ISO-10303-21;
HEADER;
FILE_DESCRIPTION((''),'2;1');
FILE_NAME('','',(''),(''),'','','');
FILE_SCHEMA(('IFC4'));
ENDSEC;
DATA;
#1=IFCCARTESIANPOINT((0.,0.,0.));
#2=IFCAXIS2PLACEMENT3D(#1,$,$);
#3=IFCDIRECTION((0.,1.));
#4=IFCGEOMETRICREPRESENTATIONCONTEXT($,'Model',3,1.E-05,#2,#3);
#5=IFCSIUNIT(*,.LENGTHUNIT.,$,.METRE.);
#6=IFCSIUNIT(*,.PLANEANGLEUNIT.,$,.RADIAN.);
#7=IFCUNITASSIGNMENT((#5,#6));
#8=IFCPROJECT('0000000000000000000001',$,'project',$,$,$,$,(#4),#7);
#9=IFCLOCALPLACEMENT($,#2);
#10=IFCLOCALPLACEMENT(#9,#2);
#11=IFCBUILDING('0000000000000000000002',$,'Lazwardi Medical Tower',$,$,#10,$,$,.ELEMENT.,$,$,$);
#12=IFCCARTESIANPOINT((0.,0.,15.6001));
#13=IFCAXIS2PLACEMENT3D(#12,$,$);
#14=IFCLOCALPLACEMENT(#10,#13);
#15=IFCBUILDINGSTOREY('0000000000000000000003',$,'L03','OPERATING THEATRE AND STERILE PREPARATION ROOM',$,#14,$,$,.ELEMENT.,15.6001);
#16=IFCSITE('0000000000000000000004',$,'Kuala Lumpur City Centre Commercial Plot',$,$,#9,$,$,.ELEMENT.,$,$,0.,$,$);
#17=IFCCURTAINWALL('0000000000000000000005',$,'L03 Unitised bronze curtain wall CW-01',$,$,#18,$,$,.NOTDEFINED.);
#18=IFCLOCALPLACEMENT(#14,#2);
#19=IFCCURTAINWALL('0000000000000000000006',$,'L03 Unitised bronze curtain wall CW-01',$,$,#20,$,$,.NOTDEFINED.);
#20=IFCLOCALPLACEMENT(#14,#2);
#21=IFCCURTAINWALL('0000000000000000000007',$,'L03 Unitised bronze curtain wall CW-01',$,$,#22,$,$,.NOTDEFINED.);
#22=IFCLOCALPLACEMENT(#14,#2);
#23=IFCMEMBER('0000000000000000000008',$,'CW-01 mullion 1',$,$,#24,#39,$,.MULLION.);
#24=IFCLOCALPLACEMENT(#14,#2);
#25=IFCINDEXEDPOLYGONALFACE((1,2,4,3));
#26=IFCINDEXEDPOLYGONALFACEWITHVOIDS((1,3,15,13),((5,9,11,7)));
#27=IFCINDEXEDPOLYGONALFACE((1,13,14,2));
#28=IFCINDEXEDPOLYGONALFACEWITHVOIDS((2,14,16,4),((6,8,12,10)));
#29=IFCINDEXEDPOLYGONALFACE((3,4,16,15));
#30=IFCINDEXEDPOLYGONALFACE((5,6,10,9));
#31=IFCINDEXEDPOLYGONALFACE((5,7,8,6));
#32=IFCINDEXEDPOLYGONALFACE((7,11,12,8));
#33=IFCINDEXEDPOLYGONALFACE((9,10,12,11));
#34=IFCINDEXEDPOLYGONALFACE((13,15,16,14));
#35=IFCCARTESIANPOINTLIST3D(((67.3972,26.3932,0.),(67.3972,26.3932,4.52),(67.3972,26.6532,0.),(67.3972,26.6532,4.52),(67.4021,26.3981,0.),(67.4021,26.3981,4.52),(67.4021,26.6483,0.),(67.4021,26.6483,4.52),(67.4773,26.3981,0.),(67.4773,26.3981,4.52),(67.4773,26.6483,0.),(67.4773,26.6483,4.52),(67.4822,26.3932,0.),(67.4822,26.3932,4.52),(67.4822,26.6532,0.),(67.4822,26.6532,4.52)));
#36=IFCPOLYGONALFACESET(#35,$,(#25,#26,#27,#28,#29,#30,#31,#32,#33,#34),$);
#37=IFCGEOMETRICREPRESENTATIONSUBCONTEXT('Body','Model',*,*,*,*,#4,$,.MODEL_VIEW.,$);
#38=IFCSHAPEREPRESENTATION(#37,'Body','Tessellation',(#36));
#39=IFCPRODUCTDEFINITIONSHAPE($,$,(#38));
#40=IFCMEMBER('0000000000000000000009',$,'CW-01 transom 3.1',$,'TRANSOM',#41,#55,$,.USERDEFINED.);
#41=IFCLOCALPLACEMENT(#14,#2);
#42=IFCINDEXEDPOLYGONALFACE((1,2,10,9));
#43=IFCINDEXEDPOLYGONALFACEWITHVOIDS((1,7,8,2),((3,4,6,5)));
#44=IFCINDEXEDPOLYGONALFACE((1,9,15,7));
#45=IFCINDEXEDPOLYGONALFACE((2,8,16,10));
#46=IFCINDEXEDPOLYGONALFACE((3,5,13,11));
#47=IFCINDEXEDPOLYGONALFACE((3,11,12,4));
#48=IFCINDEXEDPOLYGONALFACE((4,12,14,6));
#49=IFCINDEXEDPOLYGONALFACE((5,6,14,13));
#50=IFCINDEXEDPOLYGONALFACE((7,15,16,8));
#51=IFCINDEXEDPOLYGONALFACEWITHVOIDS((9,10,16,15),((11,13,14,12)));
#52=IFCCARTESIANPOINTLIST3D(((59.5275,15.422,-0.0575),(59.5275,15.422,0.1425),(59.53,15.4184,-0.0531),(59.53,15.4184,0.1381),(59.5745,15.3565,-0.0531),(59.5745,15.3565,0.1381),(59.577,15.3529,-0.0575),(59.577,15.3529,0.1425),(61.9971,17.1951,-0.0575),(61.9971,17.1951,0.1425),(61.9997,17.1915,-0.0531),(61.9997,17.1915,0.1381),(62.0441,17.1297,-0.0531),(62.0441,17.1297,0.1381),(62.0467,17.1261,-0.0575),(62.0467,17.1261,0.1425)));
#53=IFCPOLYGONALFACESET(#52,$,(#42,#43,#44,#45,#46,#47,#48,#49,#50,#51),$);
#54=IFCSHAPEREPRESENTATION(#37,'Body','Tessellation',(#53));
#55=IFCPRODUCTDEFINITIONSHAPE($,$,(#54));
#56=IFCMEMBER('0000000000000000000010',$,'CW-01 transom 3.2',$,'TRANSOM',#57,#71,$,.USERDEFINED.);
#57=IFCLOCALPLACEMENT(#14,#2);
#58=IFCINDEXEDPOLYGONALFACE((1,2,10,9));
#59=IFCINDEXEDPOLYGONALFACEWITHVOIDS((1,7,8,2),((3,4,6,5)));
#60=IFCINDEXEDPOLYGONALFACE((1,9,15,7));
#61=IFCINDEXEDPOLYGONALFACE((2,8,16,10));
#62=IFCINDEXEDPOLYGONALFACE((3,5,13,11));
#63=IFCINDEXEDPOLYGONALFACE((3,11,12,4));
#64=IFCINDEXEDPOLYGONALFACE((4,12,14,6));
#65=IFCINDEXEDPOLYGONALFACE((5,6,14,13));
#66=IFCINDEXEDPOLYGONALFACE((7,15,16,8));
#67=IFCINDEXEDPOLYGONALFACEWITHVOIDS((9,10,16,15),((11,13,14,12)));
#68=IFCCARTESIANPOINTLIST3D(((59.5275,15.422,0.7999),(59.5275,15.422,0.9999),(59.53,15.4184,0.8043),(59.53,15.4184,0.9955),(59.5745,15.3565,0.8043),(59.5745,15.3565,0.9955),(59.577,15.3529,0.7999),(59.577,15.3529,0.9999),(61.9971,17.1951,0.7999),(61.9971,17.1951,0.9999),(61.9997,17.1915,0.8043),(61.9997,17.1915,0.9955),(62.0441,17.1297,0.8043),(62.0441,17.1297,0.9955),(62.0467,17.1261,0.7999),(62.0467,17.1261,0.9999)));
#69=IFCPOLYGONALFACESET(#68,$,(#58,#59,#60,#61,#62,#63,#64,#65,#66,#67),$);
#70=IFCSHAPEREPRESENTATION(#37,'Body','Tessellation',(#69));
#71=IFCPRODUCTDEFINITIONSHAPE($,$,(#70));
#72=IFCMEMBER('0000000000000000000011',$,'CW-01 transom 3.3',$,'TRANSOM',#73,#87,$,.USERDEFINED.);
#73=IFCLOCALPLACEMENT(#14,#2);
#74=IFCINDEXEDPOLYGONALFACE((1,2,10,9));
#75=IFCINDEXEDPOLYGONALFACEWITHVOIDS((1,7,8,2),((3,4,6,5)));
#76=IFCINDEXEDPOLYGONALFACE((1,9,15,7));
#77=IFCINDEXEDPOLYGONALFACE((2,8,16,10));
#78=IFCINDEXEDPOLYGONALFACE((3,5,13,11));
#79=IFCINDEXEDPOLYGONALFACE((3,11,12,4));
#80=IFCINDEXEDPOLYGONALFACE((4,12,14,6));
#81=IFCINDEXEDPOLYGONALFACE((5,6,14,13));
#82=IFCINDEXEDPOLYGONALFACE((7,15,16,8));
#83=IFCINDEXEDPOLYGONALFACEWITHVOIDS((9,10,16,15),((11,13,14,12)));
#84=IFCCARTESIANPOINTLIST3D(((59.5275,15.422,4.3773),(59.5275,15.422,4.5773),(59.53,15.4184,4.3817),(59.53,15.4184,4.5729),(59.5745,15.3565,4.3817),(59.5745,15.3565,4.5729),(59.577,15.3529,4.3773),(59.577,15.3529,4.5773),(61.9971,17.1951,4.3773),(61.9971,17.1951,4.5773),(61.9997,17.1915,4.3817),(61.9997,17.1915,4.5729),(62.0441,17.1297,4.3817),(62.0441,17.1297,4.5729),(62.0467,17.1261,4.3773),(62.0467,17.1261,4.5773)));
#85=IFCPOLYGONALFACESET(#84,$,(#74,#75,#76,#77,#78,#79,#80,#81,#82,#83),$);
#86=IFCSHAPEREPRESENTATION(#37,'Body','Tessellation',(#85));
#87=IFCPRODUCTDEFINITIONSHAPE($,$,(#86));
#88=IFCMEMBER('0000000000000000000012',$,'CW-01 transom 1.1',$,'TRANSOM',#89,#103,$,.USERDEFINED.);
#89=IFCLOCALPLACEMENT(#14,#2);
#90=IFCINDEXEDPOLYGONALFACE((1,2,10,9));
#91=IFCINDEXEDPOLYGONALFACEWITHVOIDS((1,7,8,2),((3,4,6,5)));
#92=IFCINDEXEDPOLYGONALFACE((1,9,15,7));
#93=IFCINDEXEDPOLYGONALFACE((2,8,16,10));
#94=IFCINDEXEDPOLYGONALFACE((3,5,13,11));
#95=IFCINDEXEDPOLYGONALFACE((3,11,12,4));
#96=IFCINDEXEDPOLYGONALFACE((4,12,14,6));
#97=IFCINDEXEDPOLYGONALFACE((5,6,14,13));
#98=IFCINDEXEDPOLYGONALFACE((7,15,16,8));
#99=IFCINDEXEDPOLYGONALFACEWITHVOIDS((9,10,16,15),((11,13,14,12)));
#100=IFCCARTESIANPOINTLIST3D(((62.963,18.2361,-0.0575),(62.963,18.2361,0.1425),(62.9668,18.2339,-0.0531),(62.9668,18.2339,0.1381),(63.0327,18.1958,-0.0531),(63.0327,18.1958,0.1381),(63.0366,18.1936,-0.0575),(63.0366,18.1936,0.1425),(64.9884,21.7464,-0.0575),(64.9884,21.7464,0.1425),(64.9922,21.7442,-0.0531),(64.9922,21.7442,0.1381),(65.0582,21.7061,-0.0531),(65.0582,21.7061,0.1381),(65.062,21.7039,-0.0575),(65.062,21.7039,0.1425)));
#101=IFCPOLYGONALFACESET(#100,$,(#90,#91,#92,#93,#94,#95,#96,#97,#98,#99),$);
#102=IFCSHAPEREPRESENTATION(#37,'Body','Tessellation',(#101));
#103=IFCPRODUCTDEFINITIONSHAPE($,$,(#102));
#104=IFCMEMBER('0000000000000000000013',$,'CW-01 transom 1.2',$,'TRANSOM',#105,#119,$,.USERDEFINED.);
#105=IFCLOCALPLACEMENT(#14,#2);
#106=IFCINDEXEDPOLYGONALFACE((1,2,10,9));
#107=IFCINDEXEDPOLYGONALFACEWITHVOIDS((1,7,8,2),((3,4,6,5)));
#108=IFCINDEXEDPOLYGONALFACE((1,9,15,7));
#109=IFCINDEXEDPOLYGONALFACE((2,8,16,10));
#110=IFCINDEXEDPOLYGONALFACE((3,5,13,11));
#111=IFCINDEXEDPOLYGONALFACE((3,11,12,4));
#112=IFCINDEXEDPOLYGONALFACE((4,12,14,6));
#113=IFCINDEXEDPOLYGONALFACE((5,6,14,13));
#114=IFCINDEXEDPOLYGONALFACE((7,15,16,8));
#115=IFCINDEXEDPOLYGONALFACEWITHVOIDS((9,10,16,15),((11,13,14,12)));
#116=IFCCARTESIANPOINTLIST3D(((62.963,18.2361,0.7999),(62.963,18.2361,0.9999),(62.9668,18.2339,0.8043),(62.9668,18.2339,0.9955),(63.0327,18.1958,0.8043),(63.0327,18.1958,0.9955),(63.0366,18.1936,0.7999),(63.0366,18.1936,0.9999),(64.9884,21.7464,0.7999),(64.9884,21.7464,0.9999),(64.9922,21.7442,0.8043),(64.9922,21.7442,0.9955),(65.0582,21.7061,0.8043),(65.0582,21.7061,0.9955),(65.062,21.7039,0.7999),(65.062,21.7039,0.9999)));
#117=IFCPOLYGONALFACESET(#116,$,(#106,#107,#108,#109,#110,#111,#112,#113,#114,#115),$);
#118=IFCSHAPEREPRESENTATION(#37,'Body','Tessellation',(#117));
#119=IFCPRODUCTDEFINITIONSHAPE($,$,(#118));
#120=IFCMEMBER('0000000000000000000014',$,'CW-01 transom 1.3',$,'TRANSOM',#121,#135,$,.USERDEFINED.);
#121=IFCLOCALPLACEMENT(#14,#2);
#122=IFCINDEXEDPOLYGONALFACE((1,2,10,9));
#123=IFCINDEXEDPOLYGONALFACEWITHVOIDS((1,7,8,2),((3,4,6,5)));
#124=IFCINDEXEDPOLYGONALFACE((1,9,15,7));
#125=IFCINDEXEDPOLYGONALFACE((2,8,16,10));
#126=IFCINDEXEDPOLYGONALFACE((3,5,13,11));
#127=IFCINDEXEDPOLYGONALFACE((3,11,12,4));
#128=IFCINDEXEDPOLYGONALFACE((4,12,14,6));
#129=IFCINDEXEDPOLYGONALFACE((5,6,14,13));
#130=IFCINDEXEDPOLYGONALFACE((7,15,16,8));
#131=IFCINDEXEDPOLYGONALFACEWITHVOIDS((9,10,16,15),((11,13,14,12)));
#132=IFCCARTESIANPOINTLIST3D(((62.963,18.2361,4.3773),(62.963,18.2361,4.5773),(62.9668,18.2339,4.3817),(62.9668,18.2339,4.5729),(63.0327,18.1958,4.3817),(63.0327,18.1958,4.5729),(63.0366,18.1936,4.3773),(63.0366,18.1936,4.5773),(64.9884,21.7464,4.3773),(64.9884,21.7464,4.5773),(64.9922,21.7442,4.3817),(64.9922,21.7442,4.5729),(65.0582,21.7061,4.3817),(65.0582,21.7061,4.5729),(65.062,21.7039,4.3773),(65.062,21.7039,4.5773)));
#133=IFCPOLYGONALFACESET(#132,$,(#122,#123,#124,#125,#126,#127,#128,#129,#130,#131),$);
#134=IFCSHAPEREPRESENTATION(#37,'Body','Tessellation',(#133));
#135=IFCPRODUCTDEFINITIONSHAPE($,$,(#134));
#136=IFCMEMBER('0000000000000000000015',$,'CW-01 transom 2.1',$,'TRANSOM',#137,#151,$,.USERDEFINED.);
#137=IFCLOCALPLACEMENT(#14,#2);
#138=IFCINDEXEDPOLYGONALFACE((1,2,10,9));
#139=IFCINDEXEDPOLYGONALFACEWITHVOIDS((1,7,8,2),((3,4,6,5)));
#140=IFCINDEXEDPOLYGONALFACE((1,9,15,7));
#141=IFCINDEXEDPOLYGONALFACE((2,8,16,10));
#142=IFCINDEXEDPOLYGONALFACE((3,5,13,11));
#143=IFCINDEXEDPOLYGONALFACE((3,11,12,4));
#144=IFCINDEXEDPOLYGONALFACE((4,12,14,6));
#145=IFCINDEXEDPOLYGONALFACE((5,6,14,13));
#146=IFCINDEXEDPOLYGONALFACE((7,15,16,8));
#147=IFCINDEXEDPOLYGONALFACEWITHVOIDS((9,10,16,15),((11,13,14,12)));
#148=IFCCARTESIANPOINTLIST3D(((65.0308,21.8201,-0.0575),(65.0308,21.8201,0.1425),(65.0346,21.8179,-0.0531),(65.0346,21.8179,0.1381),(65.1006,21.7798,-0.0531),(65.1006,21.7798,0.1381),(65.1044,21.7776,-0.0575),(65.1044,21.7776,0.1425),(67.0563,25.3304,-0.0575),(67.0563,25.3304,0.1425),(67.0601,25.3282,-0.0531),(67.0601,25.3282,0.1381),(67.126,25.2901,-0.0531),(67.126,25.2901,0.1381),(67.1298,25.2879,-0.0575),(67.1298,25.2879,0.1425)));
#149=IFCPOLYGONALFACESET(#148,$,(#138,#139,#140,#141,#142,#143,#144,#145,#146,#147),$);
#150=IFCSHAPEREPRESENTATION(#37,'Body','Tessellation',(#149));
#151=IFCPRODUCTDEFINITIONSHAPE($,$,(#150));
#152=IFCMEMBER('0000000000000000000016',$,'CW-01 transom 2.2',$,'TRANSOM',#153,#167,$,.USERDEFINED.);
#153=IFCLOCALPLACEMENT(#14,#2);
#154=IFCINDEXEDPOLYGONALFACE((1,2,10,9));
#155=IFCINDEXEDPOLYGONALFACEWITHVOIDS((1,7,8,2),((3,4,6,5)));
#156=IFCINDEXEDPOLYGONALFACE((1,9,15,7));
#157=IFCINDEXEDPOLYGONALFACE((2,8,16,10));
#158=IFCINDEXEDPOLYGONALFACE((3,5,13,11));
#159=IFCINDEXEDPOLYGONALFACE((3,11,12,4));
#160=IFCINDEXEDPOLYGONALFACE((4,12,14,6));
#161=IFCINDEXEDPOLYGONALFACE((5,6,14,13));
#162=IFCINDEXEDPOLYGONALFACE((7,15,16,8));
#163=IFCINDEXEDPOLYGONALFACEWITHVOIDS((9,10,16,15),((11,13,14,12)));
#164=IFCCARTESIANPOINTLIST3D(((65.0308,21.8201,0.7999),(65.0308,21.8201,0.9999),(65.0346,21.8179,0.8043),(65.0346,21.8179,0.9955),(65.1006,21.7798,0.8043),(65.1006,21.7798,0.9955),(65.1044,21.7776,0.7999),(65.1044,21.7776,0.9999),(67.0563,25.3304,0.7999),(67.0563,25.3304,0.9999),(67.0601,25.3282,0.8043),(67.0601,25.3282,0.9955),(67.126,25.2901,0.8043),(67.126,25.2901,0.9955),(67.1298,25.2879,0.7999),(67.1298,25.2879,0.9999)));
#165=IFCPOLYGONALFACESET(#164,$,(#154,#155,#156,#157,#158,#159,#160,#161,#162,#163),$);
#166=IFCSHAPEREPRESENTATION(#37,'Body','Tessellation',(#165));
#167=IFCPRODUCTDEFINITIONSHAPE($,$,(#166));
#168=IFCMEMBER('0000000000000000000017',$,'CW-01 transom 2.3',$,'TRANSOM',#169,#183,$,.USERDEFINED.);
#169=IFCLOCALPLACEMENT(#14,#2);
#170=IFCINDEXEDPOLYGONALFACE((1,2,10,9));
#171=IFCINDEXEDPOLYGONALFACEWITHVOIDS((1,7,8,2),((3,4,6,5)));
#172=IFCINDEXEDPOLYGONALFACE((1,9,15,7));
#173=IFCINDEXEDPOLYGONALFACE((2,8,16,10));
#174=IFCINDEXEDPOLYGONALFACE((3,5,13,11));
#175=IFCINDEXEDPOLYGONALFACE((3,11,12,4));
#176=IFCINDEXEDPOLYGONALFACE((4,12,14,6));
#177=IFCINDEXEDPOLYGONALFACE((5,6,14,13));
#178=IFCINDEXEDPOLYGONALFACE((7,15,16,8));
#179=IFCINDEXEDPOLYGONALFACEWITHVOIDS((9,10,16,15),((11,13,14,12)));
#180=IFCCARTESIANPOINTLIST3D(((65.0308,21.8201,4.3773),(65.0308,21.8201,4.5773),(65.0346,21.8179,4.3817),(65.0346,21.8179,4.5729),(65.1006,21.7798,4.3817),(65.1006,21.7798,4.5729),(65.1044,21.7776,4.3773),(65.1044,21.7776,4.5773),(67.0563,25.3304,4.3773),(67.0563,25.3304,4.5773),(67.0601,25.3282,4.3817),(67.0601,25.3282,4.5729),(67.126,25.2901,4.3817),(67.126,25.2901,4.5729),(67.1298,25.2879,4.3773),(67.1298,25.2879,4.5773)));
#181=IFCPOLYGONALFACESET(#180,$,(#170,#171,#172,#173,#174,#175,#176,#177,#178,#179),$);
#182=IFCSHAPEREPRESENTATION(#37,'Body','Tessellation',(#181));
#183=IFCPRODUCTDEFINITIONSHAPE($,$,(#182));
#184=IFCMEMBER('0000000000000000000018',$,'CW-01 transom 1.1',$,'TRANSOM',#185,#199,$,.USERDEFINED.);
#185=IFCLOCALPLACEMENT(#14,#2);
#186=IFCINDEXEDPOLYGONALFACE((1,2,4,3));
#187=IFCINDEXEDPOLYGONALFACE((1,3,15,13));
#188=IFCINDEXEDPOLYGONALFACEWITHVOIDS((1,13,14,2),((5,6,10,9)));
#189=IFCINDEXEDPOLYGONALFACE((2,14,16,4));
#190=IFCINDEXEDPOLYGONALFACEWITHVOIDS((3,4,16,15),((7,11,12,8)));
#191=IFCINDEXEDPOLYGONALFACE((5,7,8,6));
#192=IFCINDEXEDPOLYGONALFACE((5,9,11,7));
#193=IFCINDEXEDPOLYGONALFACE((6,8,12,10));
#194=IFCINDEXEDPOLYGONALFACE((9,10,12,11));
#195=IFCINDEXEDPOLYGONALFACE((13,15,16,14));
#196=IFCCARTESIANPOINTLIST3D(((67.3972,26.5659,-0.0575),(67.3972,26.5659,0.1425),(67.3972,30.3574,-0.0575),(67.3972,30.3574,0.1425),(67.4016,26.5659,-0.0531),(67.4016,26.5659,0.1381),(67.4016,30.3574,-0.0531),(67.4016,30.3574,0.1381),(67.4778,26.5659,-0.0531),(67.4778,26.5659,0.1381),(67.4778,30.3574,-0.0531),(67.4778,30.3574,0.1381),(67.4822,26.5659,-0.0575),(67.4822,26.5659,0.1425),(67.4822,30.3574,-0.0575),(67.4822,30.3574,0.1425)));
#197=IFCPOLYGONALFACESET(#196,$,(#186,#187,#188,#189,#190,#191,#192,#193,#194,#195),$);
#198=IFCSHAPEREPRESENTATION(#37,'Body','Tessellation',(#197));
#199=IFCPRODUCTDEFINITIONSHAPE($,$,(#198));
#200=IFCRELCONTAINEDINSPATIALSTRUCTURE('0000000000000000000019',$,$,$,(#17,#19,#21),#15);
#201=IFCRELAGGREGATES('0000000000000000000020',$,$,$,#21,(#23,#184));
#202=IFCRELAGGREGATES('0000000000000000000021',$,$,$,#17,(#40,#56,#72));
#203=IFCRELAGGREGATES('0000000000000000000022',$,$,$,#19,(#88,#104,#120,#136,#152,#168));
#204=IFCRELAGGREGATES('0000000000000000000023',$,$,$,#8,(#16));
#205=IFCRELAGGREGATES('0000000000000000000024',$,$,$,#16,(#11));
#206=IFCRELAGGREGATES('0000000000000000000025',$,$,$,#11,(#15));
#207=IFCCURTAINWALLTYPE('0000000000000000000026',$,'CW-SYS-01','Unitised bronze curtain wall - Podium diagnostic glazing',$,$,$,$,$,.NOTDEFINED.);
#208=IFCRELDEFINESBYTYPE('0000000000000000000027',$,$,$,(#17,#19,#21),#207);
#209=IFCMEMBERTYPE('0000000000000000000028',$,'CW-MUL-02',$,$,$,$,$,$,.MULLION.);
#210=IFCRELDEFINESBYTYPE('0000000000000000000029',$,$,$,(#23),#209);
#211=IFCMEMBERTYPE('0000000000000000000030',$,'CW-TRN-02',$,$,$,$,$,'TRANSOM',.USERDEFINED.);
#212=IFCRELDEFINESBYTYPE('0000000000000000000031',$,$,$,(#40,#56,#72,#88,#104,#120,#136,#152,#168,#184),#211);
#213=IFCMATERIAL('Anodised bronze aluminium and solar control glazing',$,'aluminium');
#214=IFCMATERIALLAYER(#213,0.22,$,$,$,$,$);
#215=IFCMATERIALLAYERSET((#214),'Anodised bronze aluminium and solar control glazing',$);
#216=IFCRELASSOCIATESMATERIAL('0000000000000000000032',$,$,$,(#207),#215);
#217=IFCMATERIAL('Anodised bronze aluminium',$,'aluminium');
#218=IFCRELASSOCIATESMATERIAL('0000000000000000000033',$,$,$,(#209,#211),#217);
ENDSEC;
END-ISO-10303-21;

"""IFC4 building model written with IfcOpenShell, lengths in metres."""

from ifc_helpers import new_model, si_unit, direction, frame, origin, origin_2d, place, context, subcontext, project, spatial, hollow_rectangle, extrude, material, layer, layer_set, material_profile, profile_set, type_object, element, aggregate, save


model = new_model("IFC4")

# Units and contexts
model_context = context("Model", 3, precision=1e-05, world=origin(), true_north=direction((0.0, 1.0)))
body_context = subcontext(model_context, "Body", "Model", "MODEL_VIEW")
ifc_project = project(units=[si_unit("LENGTHUNIT", "METRE"), si_unit("PLANEANGLEUNIT", "RADIAN")], contexts=[model_context])

# Site, building, storey
site_placement = place(None, origin())
site = spatial("IfcSite", under=ifc_project, at=site_placement, Name="Kuala Lumpur City Centre Commercial Plot", CompositionType="ELEMENT", RefElevation=0.0)
building_placement = place(site_placement, origin())
building = spatial("IfcBuilding", under=site, at=building_placement, Name="Lazwardi Medical Tower", CompositionType="ELEMENT")
storey_placement = place(building_placement, frame((0.0, 0.0, 15.6001)))
storey = spatial("IfcBuildingStorey", under=building, at=storey_placement, Name="L03", Description="OPERATING THEATRE AND STERILE PREPARATION ROOM", CompositionType="ELEMENT", Elevation=15.6001)

# Curtain wall
ifc_material_1 = material(Name="Anodised bronze aluminium and solar control glazing", Category="aluminium")
ifc_layer_1 = layer(ifc_material_1, 0.22)
ifc_layer_set_1 = layer_set([ifc_layer_1], Name="Anodised bronze aluminium and solar control glazing")
curtain_wall_type = type_object("IfcCurtainWallType", Name="CW-SYS-01", Description="Unitised bronze curtain wall - Podium diagnostic glazing", PredefinedType="NOTDEFINED", material=ifc_layer_set_1)
curtain_wall_1_placement = place(storey_placement, origin())
curtain_wall_1 = element("IfcCurtainWall", 1, at=curtain_wall_1_placement, inside=storey, type_object=curtain_wall_type, Name="L03 Unitised bronze curtain wall CW-01", PredefinedType="NOTDEFINED")
ifc_material_2 = material(Name="Anodised bronze aluminium", Category="aluminium")
ifc_material_profile_1 = material_profile(ifc_material_2, hollow_rectangle(XDim=0.085, YDim=0.26, WallThickness=0.0049, at=origin_2d()), Name="ALU-MULLION 260x85x5")
ifc_profile_set_1 = profile_set([ifc_material_profile_1], Name="Anodised bronze aluminium")
member_type_1 = type_object("IfcMemberType", Name="CW-MUL-02", PredefinedType="MULLION", material=ifc_profile_set_1)

# Curtain wall
curtain_wall_2_placement = place(storey_placement, origin())
curtain_wall_2 = element("IfcCurtainWall", 2, at=curtain_wall_2_placement, inside=storey, type_object=curtain_wall_type, Name="L03 Unitised bronze curtain wall CW-01", PredefinedType="NOTDEFINED")

# Curtain wall, member
curtain_wall_3_placement = place(storey_placement, origin())
curtain_wall_3 = element("IfcCurtainWall", 3, at=curtain_wall_3_placement, inside=storey, type_object=curtain_wall_type, Name="L03 Unitised bronze curtain wall CW-01", PredefinedType="NOTDEFINED")
member_1_placement = place(storey_placement, frame((67.4397, 26.5232, 0.0), z_axis=(0.0, 0.0, 1.0), x_axis=(-1.0, 0.0, 0.0)))
member_1 = element("IfcMember", 4, at=member_1_placement, type_object=member_type_1, Name="CW-01 mullion 1", PredefinedType="MULLION", context=body_context, shape_type="SweptSolid", body=[
    extrude(hollow_rectangle(XDim=0.085, YDim=0.26, WallThickness=0.0049, at=origin_2d()), origin(), (0.0, 0.0, 1.0), 4.52),
])

# Members
ifc_material_profile_2 = material_profile(ifc_material_2, hollow_rectangle(XDim=0.085, YDim=0.2, WallThickness=0.0044, at=origin_2d()), Name="ALU-TRANSOM 200x85x4.5")
ifc_profile_set_2 = profile_set([ifc_material_profile_2], Name="Anodised bronze aluminium")
member_type_2 = type_object("IfcMemberType", Name="CW-TRN-02", ElementType="TRANSOM", PredefinedType="USERDEFINED", material=ifc_profile_set_2)
member_2_placement = place(storey_placement, frame((59.5522, 15.3875, 0.0425), z_axis=(0.812315, 0.583219, 0.0), x_axis=(-0.583219, 0.812315, 0.0)))
member_2 = element("IfcMember", 5, at=member_2_placement, type_object=member_type_2, Name="CW-01 transom 3.1", ObjectType="TRANSOM", PredefinedType="USERDEFINED", context=body_context, shape_type="SweptSolid", body=[
    extrude(hollow_rectangle(XDim=0.085, YDim=0.2, WallThickness=0.0044, at=origin_2d()), origin(), (0.0, 0.0, 1.0), 3.0403),
])
member_3_placement = place(storey_placement, frame((59.5522, 15.3875, 0.8999), z_axis=(0.812315, 0.583219, 0.0), x_axis=(-0.583219, 0.812315, 0.0)))
member_3 = element("IfcMember", 6, at=member_3_placement, type_object=member_type_2, Name="CW-01 transom 3.2", ObjectType="TRANSOM", PredefinedType="USERDEFINED", context=body_context, shape_type="SweptSolid", body=[
    extrude(hollow_rectangle(XDim=0.085, YDim=0.2, WallThickness=0.0044, at=origin_2d()), origin(), (0.0, 0.0, 1.0), 3.0403),
])
member_4_placement = place(storey_placement, frame((59.5522, 15.3875, 4.4773), z_axis=(0.812315, 0.583219, 0.0), x_axis=(-0.583219, 0.812315, 0.0)))
member_4 = element("IfcMember", 7, at=member_4_placement, type_object=member_type_2, Name="CW-01 transom 3.3", ObjectType="TRANSOM", PredefinedType="USERDEFINED", context=body_context, shape_type="SweptSolid", body=[
    extrude(hollow_rectangle(XDim=0.085, YDim=0.2, WallThickness=0.0044, at=origin_2d()), origin(), (0.0, 0.0, 1.0), 3.0403),
])
member_5_placement = place(storey_placement, frame((62.9998, 18.2148, 0.0425), z_axis=(0.499768, 0.86616, 0.0), x_axis=(-0.86616, 0.499768, 0.0)))
member_5 = element("IfcMember", 8, at=member_5_placement, type_object=member_type_2, Name="CW-01 transom 1.1", ObjectType="TRANSOM", PredefinedType="USERDEFINED", context=body_context, shape_type="SweptSolid", body=[
    extrude(hollow_rectangle(XDim=0.085, YDim=0.2, WallThickness=0.0044, at=origin_2d()), origin(), (0.0, 0.0, 1.0), 4.0527),
])
member_6_placement = place(storey_placement, frame((62.9998, 18.2148, 0.8999), z_axis=(0.499768, 0.86616, 0.0), x_axis=(-0.86616, 0.499768, 0.0)))
member_6 = element("IfcMember", 9, at=member_6_placement, type_object=member_type_2, Name="CW-01 transom 1.2", ObjectType="TRANSOM", PredefinedType="USERDEFINED", context=body_context, shape_type="SweptSolid", body=[
    extrude(hollow_rectangle(XDim=0.085, YDim=0.2, WallThickness=0.0044, at=origin_2d()), origin(), (0.0, 0.0, 1.0), 4.0527),
])
member_7_placement = place(storey_placement, frame((62.9998, 18.2148, 4.4773), z_axis=(0.499768, 0.86616, 0.0), x_axis=(-0.86616, 0.499768, 0.0)))
member_7 = element("IfcMember", 10, at=member_7_placement, type_object=member_type_2, Name="CW-01 transom 1.3", ObjectType="TRANSOM", PredefinedType="USERDEFINED", context=body_context, shape_type="SweptSolid", body=[
    extrude(hollow_rectangle(XDim=0.085, YDim=0.2, WallThickness=0.0044, at=origin_2d()), origin(), (0.0, 0.0, 1.0), 4.0527),
])
member_8_placement = place(storey_placement, frame((65.0676, 21.7988, 0.0425), z_axis=(0.499768, 0.86616, 0.0), x_axis=(-0.86616, 0.499768, 0.0)))
member_8 = element("IfcMember", 11, at=member_8_placement, type_object=member_type_2, Name="CW-01 transom 2.1", ObjectType="TRANSOM", PredefinedType="USERDEFINED", context=body_context, shape_type="SweptSolid", body=[
    extrude(hollow_rectangle(XDim=0.085, YDim=0.2, WallThickness=0.0044, at=origin_2d()), origin(), (0.0, 0.0, 1.0), 4.0527),
])
member_9_placement = place(storey_placement, frame((65.0676, 21.7988, 0.8999), z_axis=(0.499768, 0.86616, 0.0), x_axis=(-0.86616, 0.499768, 0.0)))
member_9 = element("IfcMember", 12, at=member_9_placement, type_object=member_type_2, Name="CW-01 transom 2.2", ObjectType="TRANSOM", PredefinedType="USERDEFINED", context=body_context, shape_type="SweptSolid", body=[
    extrude(hollow_rectangle(XDim=0.085, YDim=0.2, WallThickness=0.0044, at=origin_2d()), origin(), (0.0, 0.0, 1.0), 4.0527),
])
member_10_placement = place(storey_placement, frame((65.0676, 21.7988, 4.4773), z_axis=(0.499768, 0.86616, 0.0), x_axis=(-0.86616, 0.499768, 0.0)))
member_10 = element("IfcMember", 13, at=member_10_placement, type_object=member_type_2, Name="CW-01 transom 2.3", ObjectType="TRANSOM", PredefinedType="USERDEFINED", context=body_context, shape_type="SweptSolid", body=[
    extrude(hollow_rectangle(XDim=0.085, YDim=0.2, WallThickness=0.0044, at=origin_2d()), origin(), (0.0, 0.0, 1.0), 4.0527),
])
member_11_placement = place(storey_placement, frame((67.4397, 26.5659, 0.0425), z_axis=(0.0, 1.0, 0.0), x_axis=(-1.0, 0.0, 0.0)))
member_11 = element("IfcMember", 14, at=member_11_placement, type_object=member_type_2, Name="CW-01 transom 1.1", ObjectType="TRANSOM", PredefinedType="USERDEFINED", context=body_context, shape_type="SweptSolid", body=[
    extrude(hollow_rectangle(XDim=0.085, YDim=0.2, WallThickness=0.0044, at=origin_2d()), origin(), (0.0, 0.0, 1.0), 3.7915),
])
aggregate(curtain_wall_3, [member_1, member_11])

aggregate(curtain_wall_1, [member_2, member_3, member_4])
aggregate(curtain_wall_2, [member_5, member_6, member_7, member_8, member_9, member_10])

save(model, "model.ifc")
